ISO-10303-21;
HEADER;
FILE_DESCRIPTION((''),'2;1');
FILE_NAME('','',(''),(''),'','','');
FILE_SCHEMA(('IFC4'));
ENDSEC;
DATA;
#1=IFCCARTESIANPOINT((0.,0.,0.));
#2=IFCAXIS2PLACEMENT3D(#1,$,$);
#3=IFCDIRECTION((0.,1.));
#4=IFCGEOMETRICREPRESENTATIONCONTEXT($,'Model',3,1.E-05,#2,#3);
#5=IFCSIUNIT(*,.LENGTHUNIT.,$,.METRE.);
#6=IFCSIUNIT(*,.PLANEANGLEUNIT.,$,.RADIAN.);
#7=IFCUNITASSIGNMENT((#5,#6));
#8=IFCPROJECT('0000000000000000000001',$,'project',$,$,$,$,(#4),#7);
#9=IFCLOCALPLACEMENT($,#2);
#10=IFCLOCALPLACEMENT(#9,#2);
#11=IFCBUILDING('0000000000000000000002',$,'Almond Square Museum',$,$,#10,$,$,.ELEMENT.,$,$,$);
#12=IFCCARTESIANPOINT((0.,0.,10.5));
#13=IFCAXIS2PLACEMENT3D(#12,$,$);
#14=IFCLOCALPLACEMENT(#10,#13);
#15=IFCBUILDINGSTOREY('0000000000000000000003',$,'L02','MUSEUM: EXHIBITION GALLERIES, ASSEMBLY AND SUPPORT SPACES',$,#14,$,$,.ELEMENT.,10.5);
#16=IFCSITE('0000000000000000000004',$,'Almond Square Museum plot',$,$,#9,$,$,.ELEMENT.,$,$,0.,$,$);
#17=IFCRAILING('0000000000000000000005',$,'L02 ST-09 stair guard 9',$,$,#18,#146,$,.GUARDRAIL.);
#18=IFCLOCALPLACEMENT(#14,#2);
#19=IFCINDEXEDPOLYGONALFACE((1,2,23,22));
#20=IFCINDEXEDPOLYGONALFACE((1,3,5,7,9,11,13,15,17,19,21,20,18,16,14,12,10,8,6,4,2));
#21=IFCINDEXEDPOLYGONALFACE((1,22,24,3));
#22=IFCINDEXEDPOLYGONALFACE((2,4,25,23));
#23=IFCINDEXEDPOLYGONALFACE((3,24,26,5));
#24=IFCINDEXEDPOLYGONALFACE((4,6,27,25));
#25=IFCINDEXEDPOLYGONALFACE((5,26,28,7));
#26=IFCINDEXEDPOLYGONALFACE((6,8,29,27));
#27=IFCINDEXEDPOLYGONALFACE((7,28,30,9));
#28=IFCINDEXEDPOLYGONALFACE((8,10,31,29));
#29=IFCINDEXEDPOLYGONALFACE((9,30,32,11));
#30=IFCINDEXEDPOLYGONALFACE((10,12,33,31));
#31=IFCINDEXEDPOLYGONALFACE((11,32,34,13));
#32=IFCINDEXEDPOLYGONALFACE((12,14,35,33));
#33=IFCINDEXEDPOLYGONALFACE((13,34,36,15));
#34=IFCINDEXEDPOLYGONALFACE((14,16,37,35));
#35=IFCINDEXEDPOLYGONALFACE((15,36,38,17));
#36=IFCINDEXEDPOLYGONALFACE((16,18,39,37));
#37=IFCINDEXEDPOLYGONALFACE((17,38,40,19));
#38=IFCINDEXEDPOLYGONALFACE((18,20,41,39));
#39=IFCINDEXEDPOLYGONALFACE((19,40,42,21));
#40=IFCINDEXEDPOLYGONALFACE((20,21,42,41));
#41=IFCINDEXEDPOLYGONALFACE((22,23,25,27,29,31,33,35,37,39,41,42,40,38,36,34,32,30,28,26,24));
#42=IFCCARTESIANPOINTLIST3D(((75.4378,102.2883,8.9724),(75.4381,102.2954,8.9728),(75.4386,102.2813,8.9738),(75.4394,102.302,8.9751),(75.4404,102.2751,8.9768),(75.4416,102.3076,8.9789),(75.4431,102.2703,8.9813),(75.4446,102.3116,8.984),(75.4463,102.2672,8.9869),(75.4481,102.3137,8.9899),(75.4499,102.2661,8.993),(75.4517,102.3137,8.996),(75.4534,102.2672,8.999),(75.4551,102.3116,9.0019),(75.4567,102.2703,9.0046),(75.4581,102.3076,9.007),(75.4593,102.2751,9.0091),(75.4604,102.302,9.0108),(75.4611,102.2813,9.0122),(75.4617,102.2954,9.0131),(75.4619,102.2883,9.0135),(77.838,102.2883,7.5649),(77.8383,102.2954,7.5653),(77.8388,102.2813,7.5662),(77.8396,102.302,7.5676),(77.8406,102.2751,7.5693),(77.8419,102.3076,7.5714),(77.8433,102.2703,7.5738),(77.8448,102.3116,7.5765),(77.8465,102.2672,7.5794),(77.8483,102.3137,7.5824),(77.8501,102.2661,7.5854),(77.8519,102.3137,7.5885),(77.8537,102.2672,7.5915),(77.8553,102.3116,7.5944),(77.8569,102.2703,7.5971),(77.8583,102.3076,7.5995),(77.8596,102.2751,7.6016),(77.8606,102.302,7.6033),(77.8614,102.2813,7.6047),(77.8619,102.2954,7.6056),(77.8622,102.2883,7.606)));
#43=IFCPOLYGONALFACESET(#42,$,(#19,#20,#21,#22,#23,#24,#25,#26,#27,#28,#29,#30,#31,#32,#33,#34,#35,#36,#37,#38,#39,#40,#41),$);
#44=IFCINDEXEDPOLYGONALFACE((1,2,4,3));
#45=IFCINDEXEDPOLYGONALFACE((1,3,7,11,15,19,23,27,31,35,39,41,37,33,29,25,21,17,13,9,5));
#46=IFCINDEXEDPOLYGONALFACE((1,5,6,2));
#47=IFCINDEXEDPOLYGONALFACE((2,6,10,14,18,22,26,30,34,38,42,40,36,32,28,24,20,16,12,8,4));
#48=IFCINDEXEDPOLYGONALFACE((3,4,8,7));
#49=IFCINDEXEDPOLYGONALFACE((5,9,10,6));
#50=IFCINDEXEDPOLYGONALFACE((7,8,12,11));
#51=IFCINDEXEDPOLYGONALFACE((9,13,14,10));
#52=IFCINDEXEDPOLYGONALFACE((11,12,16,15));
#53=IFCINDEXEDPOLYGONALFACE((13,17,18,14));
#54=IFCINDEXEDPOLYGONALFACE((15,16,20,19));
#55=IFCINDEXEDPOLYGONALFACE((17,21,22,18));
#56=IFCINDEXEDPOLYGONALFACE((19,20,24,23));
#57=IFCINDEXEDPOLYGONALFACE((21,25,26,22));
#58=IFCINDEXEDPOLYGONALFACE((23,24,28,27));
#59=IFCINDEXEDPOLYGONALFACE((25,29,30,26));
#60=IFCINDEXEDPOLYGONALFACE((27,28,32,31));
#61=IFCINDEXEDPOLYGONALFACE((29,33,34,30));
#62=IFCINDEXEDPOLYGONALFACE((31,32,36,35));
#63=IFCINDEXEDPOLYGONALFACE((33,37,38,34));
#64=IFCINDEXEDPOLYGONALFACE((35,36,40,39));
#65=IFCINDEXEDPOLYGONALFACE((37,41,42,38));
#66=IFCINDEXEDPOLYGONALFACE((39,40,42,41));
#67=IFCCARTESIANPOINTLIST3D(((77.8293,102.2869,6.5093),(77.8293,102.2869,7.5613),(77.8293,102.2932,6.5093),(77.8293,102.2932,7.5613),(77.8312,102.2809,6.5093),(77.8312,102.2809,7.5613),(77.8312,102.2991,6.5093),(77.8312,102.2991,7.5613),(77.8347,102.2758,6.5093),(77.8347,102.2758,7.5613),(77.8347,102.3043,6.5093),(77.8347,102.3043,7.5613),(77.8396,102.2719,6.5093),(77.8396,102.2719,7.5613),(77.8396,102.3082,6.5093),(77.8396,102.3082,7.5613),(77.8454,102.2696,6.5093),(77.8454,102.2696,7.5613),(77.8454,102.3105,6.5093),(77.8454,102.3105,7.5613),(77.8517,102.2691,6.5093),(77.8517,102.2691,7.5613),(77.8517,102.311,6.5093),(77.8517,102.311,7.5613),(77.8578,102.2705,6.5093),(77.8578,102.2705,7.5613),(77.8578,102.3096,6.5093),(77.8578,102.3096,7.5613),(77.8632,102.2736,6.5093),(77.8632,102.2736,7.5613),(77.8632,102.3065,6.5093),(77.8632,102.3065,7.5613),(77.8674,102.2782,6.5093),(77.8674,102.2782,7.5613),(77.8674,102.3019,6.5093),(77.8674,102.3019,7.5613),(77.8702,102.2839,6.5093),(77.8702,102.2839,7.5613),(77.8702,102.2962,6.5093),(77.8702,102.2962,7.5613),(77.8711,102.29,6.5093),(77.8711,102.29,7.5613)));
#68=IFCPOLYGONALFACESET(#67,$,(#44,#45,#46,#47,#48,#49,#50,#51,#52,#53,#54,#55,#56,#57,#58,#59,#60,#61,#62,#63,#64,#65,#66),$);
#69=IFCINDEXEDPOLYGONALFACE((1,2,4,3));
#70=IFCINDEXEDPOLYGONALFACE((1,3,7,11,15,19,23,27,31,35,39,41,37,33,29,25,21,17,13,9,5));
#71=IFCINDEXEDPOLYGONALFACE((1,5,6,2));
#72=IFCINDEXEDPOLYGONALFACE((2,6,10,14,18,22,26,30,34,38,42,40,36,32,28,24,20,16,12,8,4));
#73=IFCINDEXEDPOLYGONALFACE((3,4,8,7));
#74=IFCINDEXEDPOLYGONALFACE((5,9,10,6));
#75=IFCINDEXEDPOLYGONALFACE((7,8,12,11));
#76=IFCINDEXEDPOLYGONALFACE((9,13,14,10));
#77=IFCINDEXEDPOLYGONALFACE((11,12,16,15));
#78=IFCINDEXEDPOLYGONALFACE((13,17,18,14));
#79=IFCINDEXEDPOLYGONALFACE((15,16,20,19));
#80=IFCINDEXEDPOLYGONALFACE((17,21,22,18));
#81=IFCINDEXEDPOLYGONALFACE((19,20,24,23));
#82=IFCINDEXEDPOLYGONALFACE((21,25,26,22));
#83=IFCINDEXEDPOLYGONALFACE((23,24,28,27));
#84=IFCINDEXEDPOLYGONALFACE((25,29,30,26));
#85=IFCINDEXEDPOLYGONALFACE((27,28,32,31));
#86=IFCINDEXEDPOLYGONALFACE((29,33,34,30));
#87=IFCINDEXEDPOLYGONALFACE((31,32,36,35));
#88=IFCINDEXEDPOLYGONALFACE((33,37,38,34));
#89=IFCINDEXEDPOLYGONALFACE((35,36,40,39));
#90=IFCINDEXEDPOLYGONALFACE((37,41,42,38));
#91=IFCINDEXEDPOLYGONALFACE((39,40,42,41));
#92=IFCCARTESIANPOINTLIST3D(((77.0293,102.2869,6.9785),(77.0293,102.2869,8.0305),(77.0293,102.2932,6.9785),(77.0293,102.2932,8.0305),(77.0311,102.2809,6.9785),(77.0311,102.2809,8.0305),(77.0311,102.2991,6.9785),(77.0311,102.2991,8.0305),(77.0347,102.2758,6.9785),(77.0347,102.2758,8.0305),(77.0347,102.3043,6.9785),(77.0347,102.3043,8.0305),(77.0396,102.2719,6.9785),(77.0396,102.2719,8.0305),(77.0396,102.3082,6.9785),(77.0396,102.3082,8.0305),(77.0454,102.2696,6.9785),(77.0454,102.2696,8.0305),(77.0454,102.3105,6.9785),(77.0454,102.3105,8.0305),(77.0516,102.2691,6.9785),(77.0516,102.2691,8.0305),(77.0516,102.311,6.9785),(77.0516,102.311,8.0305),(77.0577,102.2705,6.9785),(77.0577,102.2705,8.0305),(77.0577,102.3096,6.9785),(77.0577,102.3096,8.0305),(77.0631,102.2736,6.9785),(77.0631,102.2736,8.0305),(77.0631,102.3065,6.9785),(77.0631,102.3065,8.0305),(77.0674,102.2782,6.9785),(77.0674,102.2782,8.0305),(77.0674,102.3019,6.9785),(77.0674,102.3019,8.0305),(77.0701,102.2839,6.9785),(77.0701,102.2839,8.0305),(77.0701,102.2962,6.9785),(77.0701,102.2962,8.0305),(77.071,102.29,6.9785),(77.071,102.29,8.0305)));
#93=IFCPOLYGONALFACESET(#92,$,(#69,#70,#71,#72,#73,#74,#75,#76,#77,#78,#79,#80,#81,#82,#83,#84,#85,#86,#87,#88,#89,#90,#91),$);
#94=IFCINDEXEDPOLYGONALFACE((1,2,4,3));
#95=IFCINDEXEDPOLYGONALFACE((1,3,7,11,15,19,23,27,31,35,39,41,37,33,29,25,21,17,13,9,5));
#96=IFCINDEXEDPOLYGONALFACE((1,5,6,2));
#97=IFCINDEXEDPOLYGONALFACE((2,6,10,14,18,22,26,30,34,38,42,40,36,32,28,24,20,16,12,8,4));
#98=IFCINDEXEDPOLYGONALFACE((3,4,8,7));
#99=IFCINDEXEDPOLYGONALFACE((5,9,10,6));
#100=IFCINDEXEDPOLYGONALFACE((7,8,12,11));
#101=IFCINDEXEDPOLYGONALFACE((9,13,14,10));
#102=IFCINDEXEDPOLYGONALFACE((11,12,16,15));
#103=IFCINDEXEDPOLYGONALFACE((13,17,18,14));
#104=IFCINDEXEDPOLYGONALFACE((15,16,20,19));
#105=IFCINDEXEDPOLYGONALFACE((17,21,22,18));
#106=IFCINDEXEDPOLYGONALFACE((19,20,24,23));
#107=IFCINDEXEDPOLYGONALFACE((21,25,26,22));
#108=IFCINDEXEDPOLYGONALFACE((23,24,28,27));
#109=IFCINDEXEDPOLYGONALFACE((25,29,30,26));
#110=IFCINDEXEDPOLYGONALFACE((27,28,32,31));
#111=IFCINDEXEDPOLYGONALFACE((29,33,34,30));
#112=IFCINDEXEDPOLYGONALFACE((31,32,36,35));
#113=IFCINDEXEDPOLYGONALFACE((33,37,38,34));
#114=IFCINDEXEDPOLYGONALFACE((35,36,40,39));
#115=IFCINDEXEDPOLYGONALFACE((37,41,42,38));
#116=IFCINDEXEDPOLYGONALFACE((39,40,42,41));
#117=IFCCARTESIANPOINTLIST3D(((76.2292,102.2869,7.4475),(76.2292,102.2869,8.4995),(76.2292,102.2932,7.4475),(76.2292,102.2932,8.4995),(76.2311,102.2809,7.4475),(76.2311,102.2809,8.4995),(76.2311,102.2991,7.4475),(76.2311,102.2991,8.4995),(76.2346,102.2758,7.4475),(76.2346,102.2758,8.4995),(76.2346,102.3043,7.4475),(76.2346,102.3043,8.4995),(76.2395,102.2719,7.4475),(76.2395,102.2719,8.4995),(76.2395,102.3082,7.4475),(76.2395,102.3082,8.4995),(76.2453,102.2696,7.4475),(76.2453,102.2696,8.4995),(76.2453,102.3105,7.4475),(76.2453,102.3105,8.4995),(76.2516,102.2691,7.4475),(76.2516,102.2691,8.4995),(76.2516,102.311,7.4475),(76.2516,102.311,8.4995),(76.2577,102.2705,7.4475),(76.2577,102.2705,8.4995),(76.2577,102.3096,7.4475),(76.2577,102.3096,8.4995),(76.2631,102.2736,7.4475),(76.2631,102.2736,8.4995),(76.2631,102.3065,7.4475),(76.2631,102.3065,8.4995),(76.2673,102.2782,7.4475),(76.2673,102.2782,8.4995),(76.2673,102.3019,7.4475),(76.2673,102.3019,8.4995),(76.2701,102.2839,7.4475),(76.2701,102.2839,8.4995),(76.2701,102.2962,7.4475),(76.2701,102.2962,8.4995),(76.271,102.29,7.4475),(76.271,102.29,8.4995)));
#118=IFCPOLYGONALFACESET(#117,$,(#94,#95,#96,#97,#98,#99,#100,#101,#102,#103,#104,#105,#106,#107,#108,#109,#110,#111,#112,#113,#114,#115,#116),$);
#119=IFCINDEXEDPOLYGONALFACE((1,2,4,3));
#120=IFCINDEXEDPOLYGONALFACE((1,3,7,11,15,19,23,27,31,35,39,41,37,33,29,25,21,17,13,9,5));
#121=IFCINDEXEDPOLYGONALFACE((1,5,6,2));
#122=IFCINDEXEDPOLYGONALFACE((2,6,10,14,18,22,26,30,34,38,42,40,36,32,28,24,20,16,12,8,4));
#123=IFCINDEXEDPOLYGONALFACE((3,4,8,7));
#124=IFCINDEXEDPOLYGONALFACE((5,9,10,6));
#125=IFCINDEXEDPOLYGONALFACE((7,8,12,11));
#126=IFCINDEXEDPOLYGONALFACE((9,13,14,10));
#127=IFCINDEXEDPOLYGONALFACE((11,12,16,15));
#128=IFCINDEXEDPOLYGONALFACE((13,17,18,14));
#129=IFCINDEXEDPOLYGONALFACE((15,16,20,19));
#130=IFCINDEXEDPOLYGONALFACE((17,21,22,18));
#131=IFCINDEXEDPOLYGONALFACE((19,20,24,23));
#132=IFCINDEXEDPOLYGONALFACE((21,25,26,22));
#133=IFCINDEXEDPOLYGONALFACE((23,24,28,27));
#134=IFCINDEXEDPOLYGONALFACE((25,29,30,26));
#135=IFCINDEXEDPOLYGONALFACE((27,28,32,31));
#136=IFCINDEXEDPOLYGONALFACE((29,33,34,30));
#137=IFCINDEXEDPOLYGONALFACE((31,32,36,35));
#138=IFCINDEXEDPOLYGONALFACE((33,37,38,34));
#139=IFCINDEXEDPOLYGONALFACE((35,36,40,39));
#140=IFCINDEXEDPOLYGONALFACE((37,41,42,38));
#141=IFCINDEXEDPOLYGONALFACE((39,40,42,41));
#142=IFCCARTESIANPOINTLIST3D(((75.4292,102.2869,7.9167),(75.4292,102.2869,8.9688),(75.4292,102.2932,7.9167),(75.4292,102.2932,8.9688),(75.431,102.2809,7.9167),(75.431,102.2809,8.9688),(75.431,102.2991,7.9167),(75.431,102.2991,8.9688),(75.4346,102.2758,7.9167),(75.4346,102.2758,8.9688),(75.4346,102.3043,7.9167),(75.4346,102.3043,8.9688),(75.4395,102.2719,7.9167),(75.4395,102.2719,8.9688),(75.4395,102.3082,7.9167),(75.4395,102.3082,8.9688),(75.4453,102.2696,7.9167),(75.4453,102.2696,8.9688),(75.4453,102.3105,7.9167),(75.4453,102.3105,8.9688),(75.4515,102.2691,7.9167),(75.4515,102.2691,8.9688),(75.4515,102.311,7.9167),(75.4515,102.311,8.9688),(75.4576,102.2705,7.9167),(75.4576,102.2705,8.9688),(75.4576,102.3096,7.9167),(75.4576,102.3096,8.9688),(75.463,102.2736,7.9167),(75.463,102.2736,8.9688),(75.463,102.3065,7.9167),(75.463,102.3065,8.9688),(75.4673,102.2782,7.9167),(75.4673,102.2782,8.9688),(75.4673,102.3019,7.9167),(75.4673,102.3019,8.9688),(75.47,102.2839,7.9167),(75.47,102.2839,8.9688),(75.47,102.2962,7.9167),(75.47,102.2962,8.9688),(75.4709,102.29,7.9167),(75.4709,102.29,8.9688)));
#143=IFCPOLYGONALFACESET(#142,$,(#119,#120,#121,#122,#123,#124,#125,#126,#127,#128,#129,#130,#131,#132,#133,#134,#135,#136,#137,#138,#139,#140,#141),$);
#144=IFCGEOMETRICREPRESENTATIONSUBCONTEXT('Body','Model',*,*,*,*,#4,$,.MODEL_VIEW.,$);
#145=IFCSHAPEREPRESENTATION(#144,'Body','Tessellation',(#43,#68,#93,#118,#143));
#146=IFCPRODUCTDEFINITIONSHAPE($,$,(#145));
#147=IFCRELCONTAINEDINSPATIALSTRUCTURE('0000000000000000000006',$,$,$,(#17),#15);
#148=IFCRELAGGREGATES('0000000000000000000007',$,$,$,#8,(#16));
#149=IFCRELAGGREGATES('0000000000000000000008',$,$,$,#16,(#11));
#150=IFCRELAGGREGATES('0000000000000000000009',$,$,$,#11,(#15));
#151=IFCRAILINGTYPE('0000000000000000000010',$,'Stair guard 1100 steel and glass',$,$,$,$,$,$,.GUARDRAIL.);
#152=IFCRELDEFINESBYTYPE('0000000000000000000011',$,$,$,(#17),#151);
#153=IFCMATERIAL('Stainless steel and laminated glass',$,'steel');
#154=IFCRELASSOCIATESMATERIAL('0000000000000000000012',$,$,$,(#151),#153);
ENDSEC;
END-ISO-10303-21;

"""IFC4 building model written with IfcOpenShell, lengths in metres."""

from ifc_helpers import new_model, si_unit, direction, frame, origin, origin_2d, place, context, subcontext, project, spatial, circle, extrude, material, type_object, element, save


model = new_model("IFC4")

# Units and contexts
model_context = context("Model", 3, precision=1e-05, world=origin(), true_north=direction((0.0, 1.0)))
body_context = subcontext(model_context, "Body", "Model", "MODEL_VIEW")
ifc_project = project(units=[si_unit("LENGTHUNIT", "METRE"), si_unit("PLANEANGLEUNIT", "RADIAN")], contexts=[model_context])

# Site, building, storey
site_placement = place(None, origin())
site = spatial("IfcSite", under=ifc_project, at=site_placement, Name="Almond Square Museum plot", CompositionType="ELEMENT", RefElevation=0.0)
building_placement = place(site_placement, origin())
building = spatial("IfcBuilding", under=site, at=building_placement, Name="Almond Square Museum", CompositionType="ELEMENT")
storey_placement = place(building_placement, frame((0.0, 0.0, 10.5)))
storey = spatial("IfcBuildingStorey", under=building, at=storey_placement, Name="L02", Description="MUSEUM: EXHIBITION GALLERIES, ASSEMBLY AND SUPPORT SPACES", CompositionType="ELEMENT", Elevation=10.5)

# Railing
ifc_material_1 = material(Name="Stainless steel and laminated glass", Category="steel")
railing_type_1 = type_object("IfcRailingType", Name="Stair guard 1100 steel and glass", PredefinedType="GUARDRAIL", material=ifc_material_1)
railing_1_placement = place(storey_placement, frame((77.8501, 102.29, 6.5093)))
element("IfcRailing", 1, at=railing_1_placement, inside=storey, type_object=railing_type_1, Name="L02 ST-09 stair guard 9", PredefinedType="GUARDRAIL", context=body_context, shape_type="SweptSolid", body=[
    extrude(circle(Radius=0.0239, at=origin_2d()), frame((0.0, 0.0, 1.0762), z_axis=(-0.862621, 0.0, 0.50585), x_axis=(0.0, -1.0, 0.0)), (0.0, 0.0, 1.0), 2.7825),
    extrude(circle(Radius=0.021, at=origin_2d()), origin(), (0.0, 0.0, 1.0), 1.052),
    extrude(circle(Radius=0.021, at=origin_2d()), frame((-0.8, 0.0, 0.4692)), (0.0, 0.0, 1.0), 1.052),
    extrude(circle(Radius=0.021, at=origin_2d()), frame((-1.6001, 0.0, 0.9382)), (0.0, 0.0, 1.0), 1.052),
    extrude(circle(Radius=0.021, at=origin_2d()), frame((-2.4001, 0.0, 1.4075)), (0.0, 0.0, 1.0), 1.052),
])

save(model, "model.ifc")
